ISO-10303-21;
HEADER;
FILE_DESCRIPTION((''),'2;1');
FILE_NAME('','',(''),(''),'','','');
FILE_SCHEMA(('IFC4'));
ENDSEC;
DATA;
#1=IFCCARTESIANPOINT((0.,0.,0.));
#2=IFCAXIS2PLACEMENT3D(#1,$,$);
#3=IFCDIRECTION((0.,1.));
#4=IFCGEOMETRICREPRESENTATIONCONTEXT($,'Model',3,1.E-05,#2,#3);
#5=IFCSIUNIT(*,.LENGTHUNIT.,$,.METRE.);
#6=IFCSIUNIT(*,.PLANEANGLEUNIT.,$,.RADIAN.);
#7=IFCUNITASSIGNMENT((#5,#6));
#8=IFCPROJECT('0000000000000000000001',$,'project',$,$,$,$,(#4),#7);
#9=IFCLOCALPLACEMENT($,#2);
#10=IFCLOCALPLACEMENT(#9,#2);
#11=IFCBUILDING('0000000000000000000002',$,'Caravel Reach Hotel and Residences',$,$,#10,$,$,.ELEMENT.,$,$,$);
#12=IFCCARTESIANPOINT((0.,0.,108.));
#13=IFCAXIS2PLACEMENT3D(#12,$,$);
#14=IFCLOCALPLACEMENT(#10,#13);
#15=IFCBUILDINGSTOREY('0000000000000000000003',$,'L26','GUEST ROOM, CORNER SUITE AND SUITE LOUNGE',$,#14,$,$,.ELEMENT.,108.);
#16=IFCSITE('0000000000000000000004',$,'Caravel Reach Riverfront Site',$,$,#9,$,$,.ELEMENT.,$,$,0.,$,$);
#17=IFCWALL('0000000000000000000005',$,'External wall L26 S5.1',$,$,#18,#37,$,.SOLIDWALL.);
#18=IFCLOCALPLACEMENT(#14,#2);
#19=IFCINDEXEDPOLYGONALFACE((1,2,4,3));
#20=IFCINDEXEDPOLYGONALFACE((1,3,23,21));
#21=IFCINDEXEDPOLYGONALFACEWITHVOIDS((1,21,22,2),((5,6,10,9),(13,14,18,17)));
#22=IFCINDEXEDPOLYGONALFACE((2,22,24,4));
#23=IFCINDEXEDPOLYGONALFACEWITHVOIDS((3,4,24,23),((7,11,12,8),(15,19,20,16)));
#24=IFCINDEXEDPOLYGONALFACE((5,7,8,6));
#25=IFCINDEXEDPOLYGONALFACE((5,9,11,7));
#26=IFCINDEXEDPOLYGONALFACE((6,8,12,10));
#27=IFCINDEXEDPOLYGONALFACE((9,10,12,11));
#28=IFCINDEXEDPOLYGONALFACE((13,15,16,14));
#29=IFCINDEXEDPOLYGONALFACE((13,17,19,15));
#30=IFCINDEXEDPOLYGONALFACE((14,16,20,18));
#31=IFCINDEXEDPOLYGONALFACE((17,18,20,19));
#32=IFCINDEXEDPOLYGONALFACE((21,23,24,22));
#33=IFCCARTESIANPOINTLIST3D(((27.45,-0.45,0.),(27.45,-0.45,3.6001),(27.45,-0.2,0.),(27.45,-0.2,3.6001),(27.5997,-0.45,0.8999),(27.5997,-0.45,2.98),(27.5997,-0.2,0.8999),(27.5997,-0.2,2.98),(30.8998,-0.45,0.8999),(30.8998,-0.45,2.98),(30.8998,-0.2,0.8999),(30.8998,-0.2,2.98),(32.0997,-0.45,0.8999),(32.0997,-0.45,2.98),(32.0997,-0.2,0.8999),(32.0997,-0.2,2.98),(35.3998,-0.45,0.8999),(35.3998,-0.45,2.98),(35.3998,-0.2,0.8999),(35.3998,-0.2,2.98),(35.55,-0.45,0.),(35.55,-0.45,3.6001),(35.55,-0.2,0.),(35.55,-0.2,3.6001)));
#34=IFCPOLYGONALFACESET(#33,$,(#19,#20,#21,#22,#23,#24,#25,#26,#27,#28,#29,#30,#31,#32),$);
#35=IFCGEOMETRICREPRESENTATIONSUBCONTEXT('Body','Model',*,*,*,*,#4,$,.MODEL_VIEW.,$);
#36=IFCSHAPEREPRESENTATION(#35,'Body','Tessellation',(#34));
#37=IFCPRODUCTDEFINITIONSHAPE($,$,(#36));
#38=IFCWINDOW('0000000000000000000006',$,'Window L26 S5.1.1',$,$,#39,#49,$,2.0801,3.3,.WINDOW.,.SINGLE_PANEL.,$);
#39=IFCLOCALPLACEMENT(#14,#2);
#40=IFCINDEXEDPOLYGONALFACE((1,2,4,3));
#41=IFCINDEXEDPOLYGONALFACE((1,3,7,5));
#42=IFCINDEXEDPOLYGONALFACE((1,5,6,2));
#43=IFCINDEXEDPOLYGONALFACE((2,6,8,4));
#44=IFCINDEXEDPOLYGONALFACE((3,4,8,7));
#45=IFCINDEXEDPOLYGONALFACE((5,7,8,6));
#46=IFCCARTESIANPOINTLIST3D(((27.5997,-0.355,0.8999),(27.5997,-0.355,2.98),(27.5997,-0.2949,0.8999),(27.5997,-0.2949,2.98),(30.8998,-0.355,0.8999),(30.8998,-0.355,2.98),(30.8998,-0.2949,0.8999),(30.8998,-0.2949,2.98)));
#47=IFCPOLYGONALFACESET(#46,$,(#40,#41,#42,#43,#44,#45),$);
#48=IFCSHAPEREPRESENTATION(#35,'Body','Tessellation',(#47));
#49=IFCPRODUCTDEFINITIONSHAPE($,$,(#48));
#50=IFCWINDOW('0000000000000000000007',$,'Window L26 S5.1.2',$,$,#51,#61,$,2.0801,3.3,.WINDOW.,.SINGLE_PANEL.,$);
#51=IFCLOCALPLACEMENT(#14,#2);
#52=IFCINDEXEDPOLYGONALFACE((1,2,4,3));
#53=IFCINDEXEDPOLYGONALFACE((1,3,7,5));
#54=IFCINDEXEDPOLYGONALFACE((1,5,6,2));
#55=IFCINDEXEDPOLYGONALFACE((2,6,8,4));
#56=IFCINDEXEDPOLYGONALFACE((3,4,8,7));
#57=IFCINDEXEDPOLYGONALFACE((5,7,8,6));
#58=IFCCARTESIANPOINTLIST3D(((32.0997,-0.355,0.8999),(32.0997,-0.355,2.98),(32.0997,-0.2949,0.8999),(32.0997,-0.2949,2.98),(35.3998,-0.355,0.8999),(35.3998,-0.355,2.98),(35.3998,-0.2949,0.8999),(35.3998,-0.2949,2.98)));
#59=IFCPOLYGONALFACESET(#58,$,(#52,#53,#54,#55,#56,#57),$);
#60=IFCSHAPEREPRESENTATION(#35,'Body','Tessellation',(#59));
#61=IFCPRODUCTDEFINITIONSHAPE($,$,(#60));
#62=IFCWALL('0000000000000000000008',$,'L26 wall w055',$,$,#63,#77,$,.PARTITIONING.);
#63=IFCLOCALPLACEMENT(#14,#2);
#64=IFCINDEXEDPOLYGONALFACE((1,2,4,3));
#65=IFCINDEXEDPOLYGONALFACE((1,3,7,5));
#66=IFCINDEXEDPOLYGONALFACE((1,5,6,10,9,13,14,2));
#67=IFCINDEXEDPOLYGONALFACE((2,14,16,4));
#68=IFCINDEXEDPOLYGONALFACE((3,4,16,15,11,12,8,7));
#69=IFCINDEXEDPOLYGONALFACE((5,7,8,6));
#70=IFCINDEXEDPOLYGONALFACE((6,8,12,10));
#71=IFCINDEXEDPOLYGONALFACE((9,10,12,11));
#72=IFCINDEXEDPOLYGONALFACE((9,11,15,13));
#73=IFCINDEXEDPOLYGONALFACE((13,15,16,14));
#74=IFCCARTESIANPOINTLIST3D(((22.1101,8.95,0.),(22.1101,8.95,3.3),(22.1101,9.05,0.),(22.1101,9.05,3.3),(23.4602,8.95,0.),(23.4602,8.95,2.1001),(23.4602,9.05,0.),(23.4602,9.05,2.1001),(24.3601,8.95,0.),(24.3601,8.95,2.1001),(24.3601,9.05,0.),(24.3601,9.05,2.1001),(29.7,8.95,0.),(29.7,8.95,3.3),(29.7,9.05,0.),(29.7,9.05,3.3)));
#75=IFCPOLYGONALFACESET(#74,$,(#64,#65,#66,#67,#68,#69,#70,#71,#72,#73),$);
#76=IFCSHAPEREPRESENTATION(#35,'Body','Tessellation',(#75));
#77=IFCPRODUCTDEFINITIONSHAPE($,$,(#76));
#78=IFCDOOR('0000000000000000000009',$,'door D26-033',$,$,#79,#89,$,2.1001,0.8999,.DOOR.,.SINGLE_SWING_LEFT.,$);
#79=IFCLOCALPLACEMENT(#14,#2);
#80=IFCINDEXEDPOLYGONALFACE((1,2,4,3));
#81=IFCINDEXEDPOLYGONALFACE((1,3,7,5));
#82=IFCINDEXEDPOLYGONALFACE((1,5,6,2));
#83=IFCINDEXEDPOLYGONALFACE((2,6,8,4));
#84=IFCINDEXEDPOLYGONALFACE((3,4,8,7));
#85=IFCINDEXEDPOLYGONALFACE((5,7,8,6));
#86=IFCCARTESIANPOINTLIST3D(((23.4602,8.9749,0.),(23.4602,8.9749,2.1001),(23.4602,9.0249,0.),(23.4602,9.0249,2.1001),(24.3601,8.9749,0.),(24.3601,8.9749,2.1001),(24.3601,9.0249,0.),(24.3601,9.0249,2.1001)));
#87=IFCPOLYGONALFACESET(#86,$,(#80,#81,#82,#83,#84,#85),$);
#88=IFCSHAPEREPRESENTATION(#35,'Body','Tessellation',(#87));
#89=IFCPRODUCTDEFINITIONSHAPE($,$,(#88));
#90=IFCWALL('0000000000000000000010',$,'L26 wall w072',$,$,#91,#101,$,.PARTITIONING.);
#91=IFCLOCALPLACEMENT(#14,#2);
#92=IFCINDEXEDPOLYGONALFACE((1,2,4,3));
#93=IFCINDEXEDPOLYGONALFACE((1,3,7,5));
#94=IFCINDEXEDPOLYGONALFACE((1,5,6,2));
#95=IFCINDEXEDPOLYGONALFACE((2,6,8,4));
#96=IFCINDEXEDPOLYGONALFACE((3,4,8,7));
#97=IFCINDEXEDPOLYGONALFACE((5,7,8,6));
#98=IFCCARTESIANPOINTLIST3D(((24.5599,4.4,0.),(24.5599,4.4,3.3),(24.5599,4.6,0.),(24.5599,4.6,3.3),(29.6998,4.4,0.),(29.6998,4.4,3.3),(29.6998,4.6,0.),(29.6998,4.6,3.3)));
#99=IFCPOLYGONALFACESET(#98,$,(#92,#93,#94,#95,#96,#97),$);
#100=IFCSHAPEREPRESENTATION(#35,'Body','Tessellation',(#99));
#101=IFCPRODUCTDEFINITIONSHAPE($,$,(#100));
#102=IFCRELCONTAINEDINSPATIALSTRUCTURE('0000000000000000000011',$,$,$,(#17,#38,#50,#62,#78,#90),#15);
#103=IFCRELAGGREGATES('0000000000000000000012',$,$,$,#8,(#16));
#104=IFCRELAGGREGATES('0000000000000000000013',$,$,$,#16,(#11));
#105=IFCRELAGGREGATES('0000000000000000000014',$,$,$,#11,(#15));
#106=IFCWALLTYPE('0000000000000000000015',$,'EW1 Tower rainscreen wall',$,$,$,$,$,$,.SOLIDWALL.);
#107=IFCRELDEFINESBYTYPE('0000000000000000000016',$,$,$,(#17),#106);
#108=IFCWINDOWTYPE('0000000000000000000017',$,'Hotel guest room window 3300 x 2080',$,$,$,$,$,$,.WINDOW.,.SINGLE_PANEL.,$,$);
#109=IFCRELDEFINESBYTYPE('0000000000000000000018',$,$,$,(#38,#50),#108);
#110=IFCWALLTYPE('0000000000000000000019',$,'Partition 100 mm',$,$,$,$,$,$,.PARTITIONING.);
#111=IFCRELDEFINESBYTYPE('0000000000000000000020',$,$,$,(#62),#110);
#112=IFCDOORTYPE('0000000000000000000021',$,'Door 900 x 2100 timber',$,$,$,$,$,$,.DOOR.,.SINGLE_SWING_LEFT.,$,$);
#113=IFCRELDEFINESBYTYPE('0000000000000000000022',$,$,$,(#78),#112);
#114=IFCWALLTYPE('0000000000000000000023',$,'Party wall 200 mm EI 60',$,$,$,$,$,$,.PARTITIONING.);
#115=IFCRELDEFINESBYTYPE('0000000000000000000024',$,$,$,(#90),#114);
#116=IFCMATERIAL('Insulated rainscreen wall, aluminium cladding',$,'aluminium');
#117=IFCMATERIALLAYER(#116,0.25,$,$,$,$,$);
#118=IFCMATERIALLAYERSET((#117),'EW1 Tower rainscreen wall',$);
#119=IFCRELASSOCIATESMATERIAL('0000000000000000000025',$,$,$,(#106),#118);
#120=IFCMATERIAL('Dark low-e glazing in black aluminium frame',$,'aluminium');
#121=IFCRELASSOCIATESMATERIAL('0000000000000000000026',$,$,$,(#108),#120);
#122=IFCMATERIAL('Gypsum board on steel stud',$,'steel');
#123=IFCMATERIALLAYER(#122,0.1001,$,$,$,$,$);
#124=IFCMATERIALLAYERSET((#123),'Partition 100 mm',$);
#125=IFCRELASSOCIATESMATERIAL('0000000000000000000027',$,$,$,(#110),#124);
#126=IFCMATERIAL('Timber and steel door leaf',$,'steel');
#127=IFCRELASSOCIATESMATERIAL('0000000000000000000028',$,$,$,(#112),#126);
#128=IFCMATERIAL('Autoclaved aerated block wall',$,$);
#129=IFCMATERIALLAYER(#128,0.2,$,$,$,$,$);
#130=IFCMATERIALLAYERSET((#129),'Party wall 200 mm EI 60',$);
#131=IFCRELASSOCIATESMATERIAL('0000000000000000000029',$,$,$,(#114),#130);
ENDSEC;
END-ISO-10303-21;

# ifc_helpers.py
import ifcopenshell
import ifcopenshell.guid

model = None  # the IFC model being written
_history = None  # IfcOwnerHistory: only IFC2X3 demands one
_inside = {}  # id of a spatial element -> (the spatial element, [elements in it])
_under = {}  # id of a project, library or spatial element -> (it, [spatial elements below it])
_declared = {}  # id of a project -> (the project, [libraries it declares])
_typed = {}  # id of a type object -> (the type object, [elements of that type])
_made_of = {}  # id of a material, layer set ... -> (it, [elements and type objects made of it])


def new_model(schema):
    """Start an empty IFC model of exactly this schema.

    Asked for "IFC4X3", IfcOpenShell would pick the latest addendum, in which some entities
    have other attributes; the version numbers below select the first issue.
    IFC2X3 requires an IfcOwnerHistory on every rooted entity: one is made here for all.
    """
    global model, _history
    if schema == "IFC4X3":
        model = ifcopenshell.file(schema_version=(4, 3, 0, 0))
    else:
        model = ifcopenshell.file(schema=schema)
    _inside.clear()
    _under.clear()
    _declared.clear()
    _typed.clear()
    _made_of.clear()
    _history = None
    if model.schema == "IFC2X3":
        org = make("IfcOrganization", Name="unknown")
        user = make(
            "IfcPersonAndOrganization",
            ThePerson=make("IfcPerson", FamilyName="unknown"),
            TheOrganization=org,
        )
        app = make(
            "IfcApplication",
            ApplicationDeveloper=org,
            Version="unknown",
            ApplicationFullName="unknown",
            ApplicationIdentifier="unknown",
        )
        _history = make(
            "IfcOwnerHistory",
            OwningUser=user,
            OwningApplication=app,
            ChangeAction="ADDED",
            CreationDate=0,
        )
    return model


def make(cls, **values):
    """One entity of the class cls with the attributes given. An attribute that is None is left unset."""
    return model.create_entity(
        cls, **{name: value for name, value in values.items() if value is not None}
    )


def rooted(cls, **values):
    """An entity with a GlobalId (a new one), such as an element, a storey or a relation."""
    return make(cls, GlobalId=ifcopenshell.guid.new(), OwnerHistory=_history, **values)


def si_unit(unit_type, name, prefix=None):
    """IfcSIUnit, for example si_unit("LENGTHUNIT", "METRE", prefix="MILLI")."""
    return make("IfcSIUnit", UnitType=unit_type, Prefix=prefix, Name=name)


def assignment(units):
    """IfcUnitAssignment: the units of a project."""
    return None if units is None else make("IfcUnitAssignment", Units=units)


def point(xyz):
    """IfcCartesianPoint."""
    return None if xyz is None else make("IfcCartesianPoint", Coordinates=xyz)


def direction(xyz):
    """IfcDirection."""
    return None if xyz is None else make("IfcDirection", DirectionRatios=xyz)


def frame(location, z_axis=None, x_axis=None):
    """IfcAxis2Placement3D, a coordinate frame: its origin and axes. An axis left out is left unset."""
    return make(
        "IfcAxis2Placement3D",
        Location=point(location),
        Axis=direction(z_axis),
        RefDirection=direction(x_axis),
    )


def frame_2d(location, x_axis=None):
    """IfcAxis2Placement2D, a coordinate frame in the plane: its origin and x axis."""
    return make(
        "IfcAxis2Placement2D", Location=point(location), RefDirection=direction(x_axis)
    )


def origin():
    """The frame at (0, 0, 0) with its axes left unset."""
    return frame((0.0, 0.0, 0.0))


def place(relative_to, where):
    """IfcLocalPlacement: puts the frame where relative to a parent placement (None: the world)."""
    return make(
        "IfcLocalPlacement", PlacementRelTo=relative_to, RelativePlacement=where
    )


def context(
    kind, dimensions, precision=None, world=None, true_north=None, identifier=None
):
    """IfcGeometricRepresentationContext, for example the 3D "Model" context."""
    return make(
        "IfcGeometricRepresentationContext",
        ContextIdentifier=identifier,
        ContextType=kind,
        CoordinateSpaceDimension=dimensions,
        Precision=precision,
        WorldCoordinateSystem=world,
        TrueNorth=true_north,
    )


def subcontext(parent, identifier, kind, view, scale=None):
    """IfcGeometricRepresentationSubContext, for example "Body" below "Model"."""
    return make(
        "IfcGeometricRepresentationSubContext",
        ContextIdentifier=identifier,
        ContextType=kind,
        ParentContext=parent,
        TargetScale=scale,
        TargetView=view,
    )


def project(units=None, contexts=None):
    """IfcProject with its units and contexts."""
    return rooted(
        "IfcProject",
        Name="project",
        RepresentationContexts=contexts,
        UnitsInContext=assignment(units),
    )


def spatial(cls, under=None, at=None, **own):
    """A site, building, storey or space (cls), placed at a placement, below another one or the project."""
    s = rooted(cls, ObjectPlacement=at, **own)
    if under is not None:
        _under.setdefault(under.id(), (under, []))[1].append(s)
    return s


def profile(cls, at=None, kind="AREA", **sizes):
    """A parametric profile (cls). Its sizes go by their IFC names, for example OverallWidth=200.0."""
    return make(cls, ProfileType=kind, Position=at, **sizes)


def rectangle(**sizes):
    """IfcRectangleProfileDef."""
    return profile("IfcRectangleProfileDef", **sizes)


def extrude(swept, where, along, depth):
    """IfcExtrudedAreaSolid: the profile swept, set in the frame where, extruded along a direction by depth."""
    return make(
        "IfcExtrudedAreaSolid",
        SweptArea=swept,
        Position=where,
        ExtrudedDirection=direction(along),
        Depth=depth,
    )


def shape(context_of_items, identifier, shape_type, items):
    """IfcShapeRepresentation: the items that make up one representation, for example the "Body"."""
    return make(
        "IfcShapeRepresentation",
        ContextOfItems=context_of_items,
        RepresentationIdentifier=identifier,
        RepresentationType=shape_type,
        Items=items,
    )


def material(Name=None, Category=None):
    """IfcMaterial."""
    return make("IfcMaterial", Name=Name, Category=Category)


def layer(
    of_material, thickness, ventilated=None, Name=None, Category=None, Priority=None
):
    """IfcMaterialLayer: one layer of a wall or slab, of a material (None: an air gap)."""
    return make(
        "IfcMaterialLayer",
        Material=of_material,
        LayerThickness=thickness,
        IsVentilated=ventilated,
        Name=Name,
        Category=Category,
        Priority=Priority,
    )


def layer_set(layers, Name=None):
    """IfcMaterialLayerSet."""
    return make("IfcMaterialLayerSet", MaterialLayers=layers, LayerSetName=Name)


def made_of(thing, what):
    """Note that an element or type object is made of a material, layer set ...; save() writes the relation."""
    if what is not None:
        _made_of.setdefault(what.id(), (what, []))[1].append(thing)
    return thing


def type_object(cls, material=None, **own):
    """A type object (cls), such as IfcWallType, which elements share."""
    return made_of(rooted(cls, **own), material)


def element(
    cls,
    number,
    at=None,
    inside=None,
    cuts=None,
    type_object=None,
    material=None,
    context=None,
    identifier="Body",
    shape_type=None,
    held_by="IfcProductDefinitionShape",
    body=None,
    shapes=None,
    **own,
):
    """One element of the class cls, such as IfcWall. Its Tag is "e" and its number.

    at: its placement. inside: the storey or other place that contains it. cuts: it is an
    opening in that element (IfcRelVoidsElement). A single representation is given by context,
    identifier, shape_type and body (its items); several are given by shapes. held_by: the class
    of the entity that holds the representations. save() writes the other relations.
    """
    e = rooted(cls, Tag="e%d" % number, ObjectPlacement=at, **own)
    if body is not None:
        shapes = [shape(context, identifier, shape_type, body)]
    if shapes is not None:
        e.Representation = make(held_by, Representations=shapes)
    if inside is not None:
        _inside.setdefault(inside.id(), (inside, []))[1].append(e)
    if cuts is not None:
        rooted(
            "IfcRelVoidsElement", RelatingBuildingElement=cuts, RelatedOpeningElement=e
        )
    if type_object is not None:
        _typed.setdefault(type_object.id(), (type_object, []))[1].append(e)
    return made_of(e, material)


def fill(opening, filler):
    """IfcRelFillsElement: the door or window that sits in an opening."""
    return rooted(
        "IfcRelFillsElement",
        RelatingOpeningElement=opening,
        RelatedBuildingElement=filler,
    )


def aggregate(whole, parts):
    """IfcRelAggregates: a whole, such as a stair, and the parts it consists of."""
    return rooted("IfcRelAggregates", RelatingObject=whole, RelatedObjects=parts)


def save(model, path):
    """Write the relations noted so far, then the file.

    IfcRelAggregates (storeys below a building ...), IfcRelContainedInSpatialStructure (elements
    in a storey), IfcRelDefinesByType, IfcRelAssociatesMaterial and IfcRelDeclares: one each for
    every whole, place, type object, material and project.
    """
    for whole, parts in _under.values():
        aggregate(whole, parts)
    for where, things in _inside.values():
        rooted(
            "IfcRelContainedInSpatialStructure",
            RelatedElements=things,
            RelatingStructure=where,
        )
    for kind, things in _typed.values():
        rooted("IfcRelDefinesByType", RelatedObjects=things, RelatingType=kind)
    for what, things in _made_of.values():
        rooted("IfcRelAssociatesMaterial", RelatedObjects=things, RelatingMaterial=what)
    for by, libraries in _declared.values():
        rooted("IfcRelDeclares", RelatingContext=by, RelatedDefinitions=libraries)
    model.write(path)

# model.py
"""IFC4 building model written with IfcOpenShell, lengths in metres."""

from ifc_helpers import new_model, si_unit, direction, frame, frame_2d, origin, place, context, subcontext, project, spatial, rectangle, extrude, material, layer, layer_set, type_object, element, fill, save


model = new_model("IFC4")

# Units and contexts
model_context = context("Model", 3, precision=1e-05, world=origin(), true_north=direction((0.0, 1.0)))
body_context = subcontext(model_context, "Body", "Model", "MODEL_VIEW")
ifc_project = project(units=[si_unit("LENGTHUNIT", "METRE"), si_unit("PLANEANGLEUNIT", "RADIAN")], contexts=[model_context])

# Site, building, storey
site_placement = place(None, origin())
site = spatial("IfcSite", under=ifc_project, at=site_placement, Name="Caravel Reach Riverfront Site", CompositionType="ELEMENT", RefElevation=0.0)
building_placement = place(site_placement, origin())
building = spatial("IfcBuilding", under=site, at=building_placement, Name="Caravel Reach Hotel and Residences", CompositionType="ELEMENT")
storey_placement = place(building_placement, frame((0.0, 0.0, 108.0)))
storey = spatial("IfcBuildingStorey", under=building, at=storey_placement, Name="L26", Description="GUEST ROOM, CORNER SUITE AND SUITE LOUNGE", CompositionType="ELEMENT", Elevation=108.0)

# Shared definitions
ifc_material_1 = material(Name="Insulated rainscreen wall, aluminium cladding", Category="aluminium")
ifc_layer_1 = layer(ifc_material_1, 0.25)
ifc_layer_set_1 = layer_set([ifc_layer_1], Name="EW1 Tower rainscreen wall")
wall_type_1 = type_object("IfcWallType", Name="EW1 Tower rainscreen wall", PredefinedType="SOLIDWALL", material=ifc_layer_set_1)

# Wall, openings, windows
wall_1_placement = place(storey_placement, frame((27.45, -0.325, 0.0), z_axis=(0.0, 0.0, 1.0), x_axis=(1.0, 0.0, 0.0)))
wall_1 = element("IfcWall", 1, at=wall_1_placement, inside=storey, type_object=wall_type_1, Name="External wall L26 S5.1", PredefinedType="SOLIDWALL", context=body_context, shape_type="SweptSolid", body=[
    extrude(rectangle(XDim=8.1001, YDim=0.25, at=frame_2d((4.05, 0.0))), origin(), (0.0, 0.0, 1.0), 3.6001),
])
opening_1_placement = place(wall_1_placement, frame((0.1499, 0.0, 0.8999)))
opening_1 = element("IfcOpeningElement", 2, at=opening_1_placement, cuts=wall_1, PredefinedType="OPENING", context=body_context, shape_type="SweptSolid", body=[
    extrude(rectangle(XDim=3.3, YDim=2.0801, at=frame_2d((1.6499, 1.04))), frame((0.0, 0.135, 0.0), z_axis=(0.0, -1.0, 0.0), x_axis=(1.0, 0.0, 0.0)), (0.0, 0.0, 1.0), 0.27),
])
opening_2_placement = place(wall_1_placement, frame((4.6499, 0.0, 0.8999)))
opening_2 = element("IfcOpeningElement", 3, at=opening_2_placement, cuts=wall_1, PredefinedType="OPENING", context=body_context, shape_type="SweptSolid", body=[
    extrude(rectangle(XDim=3.3, YDim=2.0801, at=frame_2d((1.6499, 1.04))), frame((0.0, 0.135, 0.0), z_axis=(0.0, -1.0, 0.0), x_axis=(1.0, 0.0, 0.0)), (0.0, 0.0, 1.0), 0.27),
])
ifc_material_2 = material(Name="Dark low-e glazing in black aluminium frame", Category="aluminium")
window_type_1 = type_object("IfcWindowType", Name="Hotel guest room window 3300 x 2080", PartitioningType="SINGLE_PANEL", PredefinedType="WINDOW", material=ifc_material_2)
window_1_placement = place(opening_1_placement, origin())
window_1 = element("IfcWindow", 4, at=window_1_placement, inside=storey, type_object=window_type_1, Name="Window L26 S5.1.1", OverallHeight=2.0801, OverallWidth=3.3, PartitioningType="SINGLE_PANEL", PredefinedType="WINDOW", context=body_context, shape_type="SweptSolid", body=[
    extrude(rectangle(XDim=3.3, YDim=2.0801, at=frame_2d((1.6499, 1.04))), frame((0.0, 0.03, 0.0), z_axis=(0.0, -1.0, 0.0), x_axis=(1.0, 0.0, 0.0)), (0.0, 0.0, 1.0), 0.0601),
])
fill(opening_1, window_1)
window_2_placement = place(opening_2_placement, origin())
window_2 = element("IfcWindow", 5, at=window_2_placement, inside=storey, type_object=window_type_1, Name="Window L26 S5.1.2", OverallHeight=2.0801, OverallWidth=3.3, PartitioningType="SINGLE_PANEL", PredefinedType="WINDOW", context=body_context, shape_type="SweptSolid", body=[
    extrude(rectangle(XDim=3.3, YDim=2.0801, at=frame_2d((1.6499, 1.04))), frame((0.0, 0.03, 0.0), z_axis=(0.0, -1.0, 0.0), x_axis=(1.0, 0.0, 0.0)), (0.0, 0.0, 1.0), 0.0601),
])
fill(opening_2, window_2)

# Wall, opening, door
ifc_material_3 = material(Name="Gypsum board on steel stud", Category="steel")
ifc_layer_2 = layer(ifc_material_3, 0.1001)
ifc_layer_set_2 = layer_set([ifc_layer_2], Name="Partition 100 mm")
wall_type_2 = type_object("IfcWallType", Name="Partition 100 mm", PredefinedType="PARTITIONING", material=ifc_layer_set_2)
wall_2_placement = place(storey_placement, frame((22.1101, 9.0, 0.0), z_axis=(0.0, 0.0, 1.0), x_axis=(1.0, 0.0, 0.0)))
wall_2 = element("IfcWall", 6, at=wall_2_placement, inside=storey, type_object=wall_type_2, Name="L26 wall w055", PredefinedType="PARTITIONING", context=body_context, shape_type="SweptSolid", body=[
    extrude(rectangle(XDim=7.5898, YDim=0.1001, at=frame_2d((3.7949, 0.0))), origin(), (0.0, 0.0, 1.0), 3.3),
])
opening_3_placement = place(wall_2_placement, frame((1.3501, 0.0, 0.0)))
opening_3 = element("IfcOpeningElement", 7, at=opening_3_placement, cuts=wall_2, PredefinedType="OPENING", context=body_context, shape_type="SweptSolid", body=[
    extrude(rectangle(XDim=0.8999, YDim=2.1001, at=frame_2d((0.45, 1.05))), frame((0.0, 0.0601, 0.0), z_axis=(0.0, -1.0, 0.0), x_axis=(1.0, 0.0, 0.0)), (0.0, 0.0, 1.0), 0.1201),
])
ifc_material_4 = material(Name="Timber and steel door leaf", Category="steel")
door_type_1 = type_object("IfcDoorType", Name="Door 900 x 2100 timber", OperationType="SINGLE_SWING_LEFT", PredefinedType="DOOR", material=ifc_material_4)
door_1_placement = place(opening_3_placement, origin())
door_1 = element("IfcDoor", 8, at=door_1_placement, inside=storey, type_object=door_type_1, Name="door D26-033", OperationType="SINGLE_SWING_LEFT", OverallHeight=2.1001, OverallWidth=0.8999, PredefinedType="DOOR", context=body_context, shape_type="SweptSolid", body=[
    extrude(rectangle(XDim=0.8999, YDim=2.1001, at=frame_2d((0.45, 1.05))), frame((0.0, 0.0249, 0.0), z_axis=(0.0, -1.0, 0.0), x_axis=(1.0, 0.0, 0.0)), (0.0, 0.0, 1.0), 0.05),
])
fill(opening_3, door_1)

# Wall
ifc_material_5 = material(Name="Autoclaved aerated block wall")
ifc_layer_3 = layer(ifc_material_5, 0.2)
ifc_layer_set_3 = layer_set([ifc_layer_3], Name="Party wall 200 mm EI 60")
wall_type_3 = type_object("IfcWallType", Name="Party wall 200 mm EI 60", PredefinedType="PARTITIONING", material=ifc_layer_set_3)
wall_3_placement = place(storey_placement, frame((24.5601, 4.5, 0.0), z_axis=(0.0, 0.0, 1.0), x_axis=(1.0, 0.0, 0.0)))
element("IfcWall", 9, at=wall_3_placement, inside=storey, type_object=wall_type_3, Name="L26 wall w072", PredefinedType="PARTITIONING", context=body_context, shape_type="SweptSolid", body=[
    extrude(rectangle(XDim=5.1399, YDim=0.2, at=frame_2d((2.5698, 0.0))), origin(), (0.0, 0.0, 1.0), 3.3),
])

save(model, "model.ifc")
